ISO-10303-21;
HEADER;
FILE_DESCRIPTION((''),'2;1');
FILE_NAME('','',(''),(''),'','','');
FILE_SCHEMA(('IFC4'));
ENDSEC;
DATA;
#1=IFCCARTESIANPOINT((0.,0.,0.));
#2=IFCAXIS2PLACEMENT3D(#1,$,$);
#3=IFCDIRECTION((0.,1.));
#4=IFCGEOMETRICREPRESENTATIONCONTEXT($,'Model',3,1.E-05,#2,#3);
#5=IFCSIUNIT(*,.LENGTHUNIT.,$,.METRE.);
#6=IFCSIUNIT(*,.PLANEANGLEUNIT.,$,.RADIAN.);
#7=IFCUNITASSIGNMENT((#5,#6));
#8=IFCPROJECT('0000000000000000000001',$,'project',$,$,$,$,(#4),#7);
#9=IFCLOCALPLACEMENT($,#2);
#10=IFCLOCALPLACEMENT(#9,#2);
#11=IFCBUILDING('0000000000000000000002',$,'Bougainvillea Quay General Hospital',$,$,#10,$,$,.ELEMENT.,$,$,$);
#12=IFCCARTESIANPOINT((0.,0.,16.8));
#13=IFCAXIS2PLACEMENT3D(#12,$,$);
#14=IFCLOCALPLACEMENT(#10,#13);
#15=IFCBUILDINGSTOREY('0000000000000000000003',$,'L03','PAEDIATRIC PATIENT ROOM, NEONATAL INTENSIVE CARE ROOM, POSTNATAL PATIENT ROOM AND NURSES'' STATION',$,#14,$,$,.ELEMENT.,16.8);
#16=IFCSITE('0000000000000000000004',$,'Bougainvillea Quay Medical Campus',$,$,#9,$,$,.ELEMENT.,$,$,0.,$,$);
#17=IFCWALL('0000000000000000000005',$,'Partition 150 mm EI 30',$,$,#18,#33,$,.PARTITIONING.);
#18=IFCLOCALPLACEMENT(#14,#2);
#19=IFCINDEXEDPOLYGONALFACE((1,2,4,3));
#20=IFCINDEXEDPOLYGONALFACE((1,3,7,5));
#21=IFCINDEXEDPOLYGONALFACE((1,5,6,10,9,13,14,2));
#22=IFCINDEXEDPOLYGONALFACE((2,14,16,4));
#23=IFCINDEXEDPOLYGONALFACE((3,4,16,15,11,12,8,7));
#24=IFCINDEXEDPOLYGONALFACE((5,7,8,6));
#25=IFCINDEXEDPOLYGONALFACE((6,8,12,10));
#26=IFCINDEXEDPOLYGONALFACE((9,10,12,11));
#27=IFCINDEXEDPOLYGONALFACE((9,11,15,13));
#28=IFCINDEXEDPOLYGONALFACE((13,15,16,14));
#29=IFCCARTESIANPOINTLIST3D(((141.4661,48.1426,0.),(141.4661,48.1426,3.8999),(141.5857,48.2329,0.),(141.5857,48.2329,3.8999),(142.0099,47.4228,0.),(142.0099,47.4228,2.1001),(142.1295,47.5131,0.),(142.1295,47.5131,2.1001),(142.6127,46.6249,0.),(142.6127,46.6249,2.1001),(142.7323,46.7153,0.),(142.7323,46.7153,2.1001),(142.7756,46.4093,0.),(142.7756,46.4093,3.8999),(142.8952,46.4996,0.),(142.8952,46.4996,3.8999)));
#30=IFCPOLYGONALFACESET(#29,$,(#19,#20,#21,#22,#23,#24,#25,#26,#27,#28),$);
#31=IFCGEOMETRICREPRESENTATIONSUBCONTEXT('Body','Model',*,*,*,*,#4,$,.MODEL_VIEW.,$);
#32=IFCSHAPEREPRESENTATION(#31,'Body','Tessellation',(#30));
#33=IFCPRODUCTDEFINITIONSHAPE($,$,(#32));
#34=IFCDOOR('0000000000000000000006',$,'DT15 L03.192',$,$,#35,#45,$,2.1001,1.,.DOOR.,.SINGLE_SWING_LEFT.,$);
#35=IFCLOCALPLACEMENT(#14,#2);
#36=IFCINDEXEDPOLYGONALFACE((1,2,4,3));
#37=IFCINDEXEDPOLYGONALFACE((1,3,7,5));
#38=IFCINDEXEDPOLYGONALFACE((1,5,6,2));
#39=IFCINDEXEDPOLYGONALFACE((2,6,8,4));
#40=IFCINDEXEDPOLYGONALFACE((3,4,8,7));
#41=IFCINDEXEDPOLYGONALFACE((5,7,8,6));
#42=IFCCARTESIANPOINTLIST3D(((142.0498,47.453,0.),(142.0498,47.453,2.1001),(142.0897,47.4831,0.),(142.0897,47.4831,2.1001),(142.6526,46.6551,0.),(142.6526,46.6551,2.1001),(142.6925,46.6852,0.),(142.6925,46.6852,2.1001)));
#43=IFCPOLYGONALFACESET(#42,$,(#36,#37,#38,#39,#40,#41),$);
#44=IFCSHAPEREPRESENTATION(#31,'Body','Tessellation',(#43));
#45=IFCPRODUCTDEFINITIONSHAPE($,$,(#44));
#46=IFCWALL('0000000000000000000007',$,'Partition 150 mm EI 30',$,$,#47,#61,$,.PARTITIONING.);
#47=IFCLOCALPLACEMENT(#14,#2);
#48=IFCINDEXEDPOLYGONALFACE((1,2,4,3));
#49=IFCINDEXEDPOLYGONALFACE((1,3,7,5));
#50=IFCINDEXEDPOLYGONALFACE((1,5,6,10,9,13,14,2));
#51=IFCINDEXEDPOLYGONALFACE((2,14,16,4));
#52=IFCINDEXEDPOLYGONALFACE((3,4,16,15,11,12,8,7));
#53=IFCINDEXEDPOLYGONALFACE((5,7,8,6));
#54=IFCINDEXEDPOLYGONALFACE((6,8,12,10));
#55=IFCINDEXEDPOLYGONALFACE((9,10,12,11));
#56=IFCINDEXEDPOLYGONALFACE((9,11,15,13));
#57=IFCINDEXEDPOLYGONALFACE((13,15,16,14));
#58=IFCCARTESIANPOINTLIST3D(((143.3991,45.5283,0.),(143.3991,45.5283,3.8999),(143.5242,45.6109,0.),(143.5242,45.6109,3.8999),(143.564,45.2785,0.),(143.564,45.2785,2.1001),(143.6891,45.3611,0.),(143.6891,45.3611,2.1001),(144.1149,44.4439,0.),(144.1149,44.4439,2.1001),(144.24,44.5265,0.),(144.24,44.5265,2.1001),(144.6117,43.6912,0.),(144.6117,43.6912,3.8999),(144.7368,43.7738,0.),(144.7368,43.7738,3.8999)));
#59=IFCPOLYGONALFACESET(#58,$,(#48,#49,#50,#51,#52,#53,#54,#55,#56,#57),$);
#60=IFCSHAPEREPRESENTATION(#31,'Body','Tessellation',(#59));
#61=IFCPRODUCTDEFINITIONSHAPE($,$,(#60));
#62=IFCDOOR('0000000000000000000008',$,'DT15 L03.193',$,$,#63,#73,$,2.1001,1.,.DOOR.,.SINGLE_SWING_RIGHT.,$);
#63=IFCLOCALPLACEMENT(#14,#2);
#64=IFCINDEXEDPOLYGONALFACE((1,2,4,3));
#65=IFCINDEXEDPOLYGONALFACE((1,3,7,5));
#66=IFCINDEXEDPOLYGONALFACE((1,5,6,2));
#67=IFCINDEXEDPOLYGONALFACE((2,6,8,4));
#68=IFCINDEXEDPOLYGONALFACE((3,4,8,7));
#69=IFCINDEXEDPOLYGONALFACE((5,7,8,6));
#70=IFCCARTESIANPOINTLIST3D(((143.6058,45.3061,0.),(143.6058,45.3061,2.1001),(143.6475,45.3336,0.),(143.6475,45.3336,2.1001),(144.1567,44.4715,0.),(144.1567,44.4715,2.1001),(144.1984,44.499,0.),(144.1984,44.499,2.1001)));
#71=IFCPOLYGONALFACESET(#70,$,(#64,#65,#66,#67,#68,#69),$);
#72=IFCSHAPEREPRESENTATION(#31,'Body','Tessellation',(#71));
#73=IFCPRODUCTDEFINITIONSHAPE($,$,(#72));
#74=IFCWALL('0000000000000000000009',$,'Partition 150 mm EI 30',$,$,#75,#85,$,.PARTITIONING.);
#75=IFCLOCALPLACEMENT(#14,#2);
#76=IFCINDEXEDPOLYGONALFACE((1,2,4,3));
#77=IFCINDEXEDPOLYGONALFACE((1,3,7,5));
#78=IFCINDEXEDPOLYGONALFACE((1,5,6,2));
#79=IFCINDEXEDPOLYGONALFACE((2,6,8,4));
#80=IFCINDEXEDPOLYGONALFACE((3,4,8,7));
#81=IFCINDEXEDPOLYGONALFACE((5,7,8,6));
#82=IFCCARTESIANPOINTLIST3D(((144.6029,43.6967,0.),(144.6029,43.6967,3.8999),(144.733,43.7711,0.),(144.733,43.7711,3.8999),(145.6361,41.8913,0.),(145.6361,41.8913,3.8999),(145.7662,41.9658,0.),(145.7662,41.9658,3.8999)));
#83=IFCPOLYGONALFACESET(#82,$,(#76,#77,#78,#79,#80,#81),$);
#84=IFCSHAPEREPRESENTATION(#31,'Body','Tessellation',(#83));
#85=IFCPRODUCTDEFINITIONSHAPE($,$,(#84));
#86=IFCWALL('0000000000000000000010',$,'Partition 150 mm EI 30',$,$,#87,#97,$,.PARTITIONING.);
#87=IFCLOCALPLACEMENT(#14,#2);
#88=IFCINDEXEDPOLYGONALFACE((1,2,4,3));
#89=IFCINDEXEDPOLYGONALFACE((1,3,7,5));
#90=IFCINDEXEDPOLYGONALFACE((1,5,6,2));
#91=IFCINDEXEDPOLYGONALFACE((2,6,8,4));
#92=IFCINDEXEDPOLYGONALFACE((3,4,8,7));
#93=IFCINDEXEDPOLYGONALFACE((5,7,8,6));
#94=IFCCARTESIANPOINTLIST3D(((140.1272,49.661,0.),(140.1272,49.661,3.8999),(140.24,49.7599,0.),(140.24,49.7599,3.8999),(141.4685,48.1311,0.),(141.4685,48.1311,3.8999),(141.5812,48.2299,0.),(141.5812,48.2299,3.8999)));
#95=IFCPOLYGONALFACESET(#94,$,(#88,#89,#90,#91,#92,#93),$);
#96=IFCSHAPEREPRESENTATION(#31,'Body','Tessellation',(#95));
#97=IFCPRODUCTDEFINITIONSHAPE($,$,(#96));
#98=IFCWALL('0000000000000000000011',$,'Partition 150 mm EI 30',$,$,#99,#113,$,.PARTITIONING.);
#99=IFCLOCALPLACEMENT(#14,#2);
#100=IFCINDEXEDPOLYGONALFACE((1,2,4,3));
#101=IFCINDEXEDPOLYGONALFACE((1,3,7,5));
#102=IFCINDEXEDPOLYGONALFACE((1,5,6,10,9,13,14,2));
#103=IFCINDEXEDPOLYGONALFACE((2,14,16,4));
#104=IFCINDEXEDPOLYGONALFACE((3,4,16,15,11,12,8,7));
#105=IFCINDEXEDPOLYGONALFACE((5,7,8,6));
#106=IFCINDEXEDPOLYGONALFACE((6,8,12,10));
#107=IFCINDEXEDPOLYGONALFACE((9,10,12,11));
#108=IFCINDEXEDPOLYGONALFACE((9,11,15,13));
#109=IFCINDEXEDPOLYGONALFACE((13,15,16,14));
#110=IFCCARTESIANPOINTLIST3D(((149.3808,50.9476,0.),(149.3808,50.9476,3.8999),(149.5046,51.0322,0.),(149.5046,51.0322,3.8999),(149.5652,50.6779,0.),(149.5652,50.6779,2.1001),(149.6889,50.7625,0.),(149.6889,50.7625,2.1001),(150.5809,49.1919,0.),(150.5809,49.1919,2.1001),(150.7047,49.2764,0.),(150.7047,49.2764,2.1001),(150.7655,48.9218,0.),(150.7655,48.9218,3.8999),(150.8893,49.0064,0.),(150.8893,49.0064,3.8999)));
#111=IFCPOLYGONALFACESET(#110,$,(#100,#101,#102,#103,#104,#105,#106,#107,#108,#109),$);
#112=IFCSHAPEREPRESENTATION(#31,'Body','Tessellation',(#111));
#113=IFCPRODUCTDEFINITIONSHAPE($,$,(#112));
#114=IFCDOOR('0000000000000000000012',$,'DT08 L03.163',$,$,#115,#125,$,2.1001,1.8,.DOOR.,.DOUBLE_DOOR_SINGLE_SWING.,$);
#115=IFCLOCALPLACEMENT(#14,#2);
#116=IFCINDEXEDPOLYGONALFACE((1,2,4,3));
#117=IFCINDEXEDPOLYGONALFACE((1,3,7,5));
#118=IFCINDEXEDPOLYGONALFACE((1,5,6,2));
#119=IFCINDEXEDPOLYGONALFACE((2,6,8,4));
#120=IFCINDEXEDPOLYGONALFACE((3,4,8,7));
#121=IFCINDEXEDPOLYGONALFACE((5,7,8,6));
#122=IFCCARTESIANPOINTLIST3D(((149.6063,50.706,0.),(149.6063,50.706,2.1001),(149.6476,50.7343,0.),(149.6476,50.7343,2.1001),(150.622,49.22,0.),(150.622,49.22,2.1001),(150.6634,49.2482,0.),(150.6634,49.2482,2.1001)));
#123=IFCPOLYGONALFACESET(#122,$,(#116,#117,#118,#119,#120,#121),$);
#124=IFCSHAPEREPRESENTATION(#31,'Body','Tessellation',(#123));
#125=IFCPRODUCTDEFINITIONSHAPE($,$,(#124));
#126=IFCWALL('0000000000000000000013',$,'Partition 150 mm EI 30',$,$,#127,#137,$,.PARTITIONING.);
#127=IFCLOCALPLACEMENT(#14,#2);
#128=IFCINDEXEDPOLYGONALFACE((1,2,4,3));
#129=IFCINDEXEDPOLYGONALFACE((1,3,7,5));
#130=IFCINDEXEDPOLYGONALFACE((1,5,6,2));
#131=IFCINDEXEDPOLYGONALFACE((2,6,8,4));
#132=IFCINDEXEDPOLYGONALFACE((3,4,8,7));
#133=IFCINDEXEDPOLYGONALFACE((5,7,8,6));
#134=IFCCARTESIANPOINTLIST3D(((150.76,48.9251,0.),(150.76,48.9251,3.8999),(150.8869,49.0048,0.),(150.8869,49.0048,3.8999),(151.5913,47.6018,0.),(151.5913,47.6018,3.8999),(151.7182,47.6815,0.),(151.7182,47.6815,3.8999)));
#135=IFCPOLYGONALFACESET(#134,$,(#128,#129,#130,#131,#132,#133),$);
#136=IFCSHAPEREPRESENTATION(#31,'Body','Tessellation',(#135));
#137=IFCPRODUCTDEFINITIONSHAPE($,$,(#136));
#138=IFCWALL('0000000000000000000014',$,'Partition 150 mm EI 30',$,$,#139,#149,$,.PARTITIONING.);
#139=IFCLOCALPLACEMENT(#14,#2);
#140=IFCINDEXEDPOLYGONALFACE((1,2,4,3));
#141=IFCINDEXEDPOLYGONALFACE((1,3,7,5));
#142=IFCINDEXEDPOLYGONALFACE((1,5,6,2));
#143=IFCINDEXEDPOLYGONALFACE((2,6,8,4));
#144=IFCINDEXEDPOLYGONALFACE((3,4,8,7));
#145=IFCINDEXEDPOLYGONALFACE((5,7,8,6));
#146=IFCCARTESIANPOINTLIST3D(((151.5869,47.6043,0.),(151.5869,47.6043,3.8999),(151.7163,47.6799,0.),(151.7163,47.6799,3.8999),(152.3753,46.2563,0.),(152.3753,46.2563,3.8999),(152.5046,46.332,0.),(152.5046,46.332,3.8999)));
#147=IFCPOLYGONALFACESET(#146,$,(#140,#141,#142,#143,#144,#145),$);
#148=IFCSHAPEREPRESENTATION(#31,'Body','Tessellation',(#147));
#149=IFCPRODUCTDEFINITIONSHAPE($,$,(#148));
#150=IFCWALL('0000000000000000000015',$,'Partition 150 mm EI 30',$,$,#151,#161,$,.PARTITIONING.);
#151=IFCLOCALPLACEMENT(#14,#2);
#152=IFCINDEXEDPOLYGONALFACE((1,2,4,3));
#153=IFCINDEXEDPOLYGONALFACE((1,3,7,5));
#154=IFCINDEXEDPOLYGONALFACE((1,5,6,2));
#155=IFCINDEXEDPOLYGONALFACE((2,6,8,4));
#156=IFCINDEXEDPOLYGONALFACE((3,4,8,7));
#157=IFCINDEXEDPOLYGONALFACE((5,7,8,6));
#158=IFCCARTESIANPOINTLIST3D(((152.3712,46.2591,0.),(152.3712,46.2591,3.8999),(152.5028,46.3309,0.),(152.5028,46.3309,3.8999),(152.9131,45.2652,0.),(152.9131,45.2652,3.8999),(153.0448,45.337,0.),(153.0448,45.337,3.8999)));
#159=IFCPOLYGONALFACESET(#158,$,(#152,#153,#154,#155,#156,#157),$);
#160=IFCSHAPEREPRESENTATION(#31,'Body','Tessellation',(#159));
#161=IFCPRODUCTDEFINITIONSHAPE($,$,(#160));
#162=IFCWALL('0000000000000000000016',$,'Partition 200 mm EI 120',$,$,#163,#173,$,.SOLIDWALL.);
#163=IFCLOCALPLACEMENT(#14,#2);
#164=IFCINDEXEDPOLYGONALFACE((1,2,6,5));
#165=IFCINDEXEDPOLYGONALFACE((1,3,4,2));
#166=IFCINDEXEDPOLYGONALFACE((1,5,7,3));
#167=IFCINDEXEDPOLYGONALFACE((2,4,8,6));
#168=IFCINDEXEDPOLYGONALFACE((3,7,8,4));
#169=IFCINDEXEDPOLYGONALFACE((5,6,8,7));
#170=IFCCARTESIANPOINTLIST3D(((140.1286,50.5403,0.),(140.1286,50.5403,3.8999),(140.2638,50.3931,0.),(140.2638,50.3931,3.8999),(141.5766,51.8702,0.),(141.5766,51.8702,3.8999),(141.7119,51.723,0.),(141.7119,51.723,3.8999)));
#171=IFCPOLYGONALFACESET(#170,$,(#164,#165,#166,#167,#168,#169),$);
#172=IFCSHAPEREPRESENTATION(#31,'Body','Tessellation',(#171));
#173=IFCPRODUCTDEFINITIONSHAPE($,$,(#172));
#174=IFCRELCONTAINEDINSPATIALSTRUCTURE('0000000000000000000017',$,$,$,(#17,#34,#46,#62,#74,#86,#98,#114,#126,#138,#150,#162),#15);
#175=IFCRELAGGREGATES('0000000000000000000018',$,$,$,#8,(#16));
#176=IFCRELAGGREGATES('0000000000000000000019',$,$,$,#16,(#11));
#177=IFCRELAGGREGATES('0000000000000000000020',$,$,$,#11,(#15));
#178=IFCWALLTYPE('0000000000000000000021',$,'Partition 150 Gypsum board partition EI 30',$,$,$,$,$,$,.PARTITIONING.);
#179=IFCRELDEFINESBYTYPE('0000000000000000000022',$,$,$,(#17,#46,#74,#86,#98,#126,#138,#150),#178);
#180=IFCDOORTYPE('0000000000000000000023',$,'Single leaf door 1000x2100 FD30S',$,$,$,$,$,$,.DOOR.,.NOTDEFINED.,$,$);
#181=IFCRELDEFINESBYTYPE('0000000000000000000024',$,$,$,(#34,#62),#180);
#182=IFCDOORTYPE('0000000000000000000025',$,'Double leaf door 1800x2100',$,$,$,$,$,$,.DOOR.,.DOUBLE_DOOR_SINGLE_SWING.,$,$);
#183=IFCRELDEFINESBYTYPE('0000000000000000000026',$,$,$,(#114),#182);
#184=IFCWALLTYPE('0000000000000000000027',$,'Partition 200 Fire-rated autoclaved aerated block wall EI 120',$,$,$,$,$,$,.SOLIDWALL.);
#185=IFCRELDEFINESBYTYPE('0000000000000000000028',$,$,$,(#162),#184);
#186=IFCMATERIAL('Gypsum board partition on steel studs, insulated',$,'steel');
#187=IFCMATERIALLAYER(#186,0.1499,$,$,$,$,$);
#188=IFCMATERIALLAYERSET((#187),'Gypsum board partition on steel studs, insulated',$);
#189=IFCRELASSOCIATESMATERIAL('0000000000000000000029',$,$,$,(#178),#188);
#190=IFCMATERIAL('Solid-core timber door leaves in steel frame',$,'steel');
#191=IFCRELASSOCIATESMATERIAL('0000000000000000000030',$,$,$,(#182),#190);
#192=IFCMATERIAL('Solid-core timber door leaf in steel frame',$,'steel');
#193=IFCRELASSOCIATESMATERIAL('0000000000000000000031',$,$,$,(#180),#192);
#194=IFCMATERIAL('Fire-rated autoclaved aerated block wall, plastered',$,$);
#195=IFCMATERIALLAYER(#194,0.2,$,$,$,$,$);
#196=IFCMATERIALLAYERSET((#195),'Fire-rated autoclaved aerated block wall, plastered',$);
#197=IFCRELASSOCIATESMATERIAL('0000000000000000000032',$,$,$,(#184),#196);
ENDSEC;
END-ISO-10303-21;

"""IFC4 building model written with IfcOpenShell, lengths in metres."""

from ifc_helpers import new_model, si_unit, direction, frame, frame_2d, origin, place, context, subcontext, project, spatial, rectangle, extrude, material, layer, layer_set, type_object, element, fill, save


model = new_model("IFC4")

# Units and contexts
model_context = context("Model", 3, precision=1e-05, world=origin(), true_north=direction((0.0, 1.0)))
body_context = subcontext(model_context, "Body", "Model", "MODEL_VIEW")
ifc_project = project(units=[si_unit("LENGTHUNIT", "METRE"), si_unit("PLANEANGLEUNIT", "RADIAN")], contexts=[model_context])

# Site, building, storey
site_placement = place(None, origin())
site = spatial("IfcSite", under=ifc_project, at=site_placement, Name="Bougainvillea Quay Medical Campus", CompositionType="ELEMENT", RefElevation=0.0)
building_placement = place(site_placement, origin())
building = spatial("IfcBuilding", under=site, at=building_placement, Name="Bougainvillea Quay General Hospital", CompositionType="ELEMENT")
storey_placement = place(building_placement, frame((0.0, 0.0, 16.8)))
storey = spatial("IfcBuildingStorey", under=building, at=storey_placement, Name="L03", Description="PAEDIATRIC PATIENT ROOM, NEONATAL INTENSIVE CARE ROOM, POSTNATAL PATIENT ROOM AND NURSES' STATION", CompositionType="ELEMENT", Elevation=16.8)

# Shared definitions
ifc_material_1 = material(Name="Gypsum board partition on steel studs, insulated", Category="steel")
ifc_layer_1 = layer(ifc_material_1, 0.1499)
ifc_layer_set_1 = layer_set([ifc_layer_1], Name="Gypsum board partition on steel studs, insulated")
wall_type_1 = type_object("IfcWallType", Name="Partition 150 Gypsum board partition EI 30", PredefinedType="PARTITIONING", material=ifc_layer_set_1)

# Shared definitions
ifc_material_2 = material(Name="Solid-core timber door leaves in steel frame", Category="steel")
door_type_1 = type_object("IfcDoorType", Name="Double leaf door 1800x2100", OperationType="DOUBLE_DOOR_SINGLE_SWING", PredefinedType="DOOR", material=ifc_material_2)

# Walls, openings, doors
wall_1_placement = place(storey_placement, frame((141.5259, 48.1877, 0.0), z_axis=(0.0, 0.0, 1.0), x_axis=(0.602801, -0.797891, 0.0)))
wall_1 = element("IfcWall", 1, at=wall_1_placement, inside=storey, type_object=wall_type_1, Name="Partition 150 mm EI 30", PredefinedType="PARTITIONING", context=body_context, shape_type="SweptSolid", body=[
    extrude(rectangle(XDim=2.1724, YDim=0.1499, at=frame_2d((1.0862, 0.0))), origin(), (0.0, 0.0, 1.0), 3.8999),
])
opening_1_placement = place(wall_1_placement, frame((0.9021, 0.0, 0.0)))
opening_1 = element("IfcOpeningElement", 2, at=opening_1_placement, cuts=wall_1, PredefinedType="OPENING", context=body_context, shape_type="SweptSolid", body=[
    extrude(rectangle(XDim=1.0, YDim=2.1001, at=frame_2d((0.5, 1.05))), frame((0.0, 0.085, 0.0), z_axis=(0.0, -1.0, 0.0), x_axis=(1.0, 0.0, 0.0)), (0.0, 0.0, 1.0), 0.1699),
])
ifc_material_3 = material(Name="Solid-core timber door leaf in steel frame", Category="steel")
door_type_2 = type_object("IfcDoorType", Name="Single leaf door 1000x2100 FD30S", OperationType="NOTDEFINED", PredefinedType="DOOR", material=ifc_material_3)
door_1_placement = place(opening_1_placement, frame((1.0, 0.0, 0.0), z_axis=(0.0, 0.0, 1.0), x_axis=(-1.0, 0.0, 0.0)))
door_1 = element("IfcDoor", 3, at=door_1_placement, inside=storey, type_object=door_type_2, Name="DT15 L03.192", OperationType="SINGLE_SWING_LEFT", OverallHeight=2.1001, OverallWidth=1.0, PredefinedType="DOOR", context=body_context, shape_type="SweptSolid", body=[
    extrude(rectangle(XDim=1.0, YDim=2.1001, at=frame_2d((0.5, 1.05))), frame((0.0, 0.0249, 0.0), z_axis=(0.0, -1.0, 0.0), x_axis=(1.0, 0.0, 0.0)), (0.0, 0.0, 1.0), 0.05),
])
fill(opening_1, door_1)
wall_2_placement = place(storey_placement, frame((143.4617, 45.5696, 0.0), z_axis=(0.0, 0.0, 1.0), x_axis=(0.550881, -0.834584, 0.0)))
wall_2 = element("IfcWall", 4, at=wall_2_placement, inside=storey, type_object=wall_type_1, Name="Partition 150 mm EI 30", PredefinedType="PARTITIONING", context=body_context, shape_type="SweptSolid", body=[
    extrude(rectangle(XDim=2.2012, YDim=0.1499, at=frame_2d((1.1006, 0.0))), origin(), (0.0, 0.0, 1.0), 3.8999),
])
opening_2_placement = place(wall_2_placement, frame((0.2993, 0.0, 0.0)))
opening_2 = element("IfcOpeningElement", 5, at=opening_2_placement, cuts=wall_2, PredefinedType="OPENING", context=body_context, shape_type="SweptSolid", body=[
    extrude(rectangle(XDim=1.0, YDim=2.1001, at=frame_2d((0.5, 1.05))), frame((0.0, 0.085, 0.0), z_axis=(0.0, -1.0, 0.0), x_axis=(1.0, 0.0, 0.0)), (0.0, 0.0, 1.0), 0.1699),
])
door_2_placement = place(opening_2_placement, frame((1.0, 0.0, 0.0), z_axis=(0.0, 0.0, 1.0), x_axis=(-1.0, 0.0, 0.0)))
door_2 = element("IfcDoor", 6, at=door_2_placement, inside=storey, type_object=door_type_2, Name="DT15 L03.193", OperationType="SINGLE_SWING_RIGHT", OverallHeight=2.1001, OverallWidth=1.0, PredefinedType="DOOR", context=body_context, shape_type="SweptSolid", body=[
    extrude(rectangle(XDim=1.0, YDim=2.1001, at=frame_2d((0.5, 1.05))), frame((0.0, 0.0249, 0.0), z_axis=(0.0, -1.0, 0.0), x_axis=(1.0, 0.0, 0.0)), (0.0, 0.0, 1.0), 0.05),
])
fill(opening_2, door_2)

# Walls
wall_3_placement = place(storey_placement, frame((144.668, 43.7339, 0.0), z_axis=(0.0, 0.0, 1.0), x_axis=(0.496695, -0.867925, 0.0)))
element("IfcWall", 7, at=wall_3_placement, inside=storey, type_object=wall_type_1, Name="Partition 150 mm EI 30", PredefinedType="PARTITIONING", context=body_context, shape_type="SweptSolid", body=[
    extrude(rectangle(XDim=2.0801, YDim=0.1499, at=frame_2d((1.04, 0.0))), origin(), (0.0, 0.0, 1.0), 3.8999),
])
wall_4_placement = place(storey_placement, frame((140.1836, 49.7104, 0.0), z_axis=(0.0, 0.0, 1.0), x_axis=(0.659209, -0.751959, 0.0)))
element("IfcWall", 8, at=wall_4_placement, inside=storey, type_object=wall_type_1, Name="Partition 150 mm EI 30", PredefinedType="PARTITIONING", context=body_context, shape_type="SweptSolid", body=[
    extrude(rectangle(XDim=2.0347, YDim=0.1499, at=frame_2d((1.0173, 0.0))), origin(), (0.0, 0.0, 1.0), 3.8999),
])

# Wall, opening, door
wall_5_placement = place(storey_placement, frame((149.4426, 50.99, 0.0), z_axis=(0.0, 0.0, 1.0), x_axis=(0.564306, -0.825566, 0.0)))
wall_5 = element("IfcWall", 9, at=wall_5_placement, inside=storey, type_object=wall_type_1, Name="Partition 150 mm EI 30", PredefinedType="PARTITIONING", context=body_context, shape_type="SweptSolid", body=[
    extrude(rectangle(XDim=2.4539, YDim=0.1499, at=frame_2d((1.2271, 0.0))), origin(), (0.0, 0.0, 1.0), 3.8999),
])
opening_3_placement = place(wall_5_placement, frame((0.3269, 0.0, 0.0)))
opening_3 = element("IfcOpeningElement", 10, at=opening_3_placement, cuts=wall_5, PredefinedType="OPENING", context=body_context, shape_type="SweptSolid", body=[
    extrude(rectangle(XDim=1.8, YDim=2.1001, at=frame_2d((0.8999, 1.05))), frame((0.0, 0.085, 0.0), z_axis=(0.0, -1.0, 0.0), x_axis=(1.0, 0.0, 0.0)), (0.0, 0.0, 1.0), 0.1699),
])
door_3_placement = place(opening_3_placement, origin())
door_3 = element("IfcDoor", 11, at=door_3_placement, inside=storey, type_object=door_type_1, Name="DT08 L03.163", OperationType="DOUBLE_DOOR_SINGLE_SWING", OverallHeight=2.1001, OverallWidth=1.8, PredefinedType="DOOR", context=body_context, shape_type="SweptSolid", body=[
    extrude(rectangle(XDim=1.8, YDim=2.1001, at=frame_2d((0.8999, 1.05))), frame((0.0, 0.0249, 0.0), z_axis=(0.0, -1.0, 0.0), x_axis=(1.0, 0.0, 0.0)), (0.0, 0.0, 1.0), 0.05),
])
fill(opening_3, door_3)

# Walls
wall_6_placement = place(storey_placement, frame((150.8235, 48.9648, 0.0), z_axis=(0.0, 0.0, 1.0), x_axis=(0.531964, -0.846767, 0.0)))
element("IfcWall", 12, at=wall_6_placement, inside=storey, type_object=wall_type_1, Name="Partition 150 mm EI 30", PredefinedType="PARTITIONING", context=body_context, shape_type="SweptSolid", body=[
    extrude(rectangle(XDim=1.5627, YDim=0.1499, at=frame_2d((0.7812, 0.0))), origin(), (0.0, 0.0, 1.0), 3.8999),
])
wall_7_placement = place(storey_placement, frame((151.6516, 47.6421, 0.0), z_axis=(0.0, 0.0, 1.0), x_axis=(0.504853, -0.863206, 0.0)))
element("IfcWall", 13, at=wall_7_placement, inside=storey, type_object=wall_type_1, Name="Partition 150 mm EI 30", PredefinedType="PARTITIONING", context=body_context, shape_type="SweptSolid", body=[
    extrude(rectangle(XDim=1.5615, YDim=0.1499, at=frame_2d((0.7808, 0.0))), origin(), (0.0, 0.0, 1.0), 3.8999),
])
wall_8_placement = place(storey_placement, frame((152.437, 46.2949, 0.0), z_axis=(0.0, 0.0, 1.0), x_axis=(0.478761, -0.877945, 0.0)))
element("IfcWall", 14, at=wall_8_placement, inside=storey, type_object=wall_type_1, Name="Partition 150 mm EI 30", PredefinedType="PARTITIONING", context=body_context, shape_type="SweptSolid", body=[
    extrude(rectangle(XDim=1.1321, YDim=0.1499, at=frame_2d((0.5659, 0.0))), origin(), (0.0, 0.0, 1.0), 3.8999),
])
ifc_material_4 = material(Name="Fire-rated autoclaved aerated block wall, plastered")
ifc_layer_2 = layer(ifc_material_4, 0.2)
ifc_layer_set_2 = layer_set([ifc_layer_2], Name="Fire-rated autoclaved aerated block wall, plastered")
wall_type_2 = type_object("IfcWallType", Name="Partition 200 Fire-rated autoclaved aerated block wall EI 120", PredefinedType="SOLIDWALL", material=ifc_layer_set_2)
wall_9_placement = place(storey_placement, frame((140.1963, 50.4668, 0.0), z_axis=(0.0, 0.0, 1.0), x_axis=(0.73652, 0.676416, 0.0)))
element("IfcWall", 15, at=wall_9_placement, inside=storey, type_object=wall_type_2, Name="Partition 200 mm EI 120", PredefinedType="SOLIDWALL", context=body_context, shape_type="SweptSolid", body=[
    extrude(rectangle(XDim=1.9661, YDim=0.2, at=frame_2d((0.9829, 0.0))), origin(), (0.0, 0.0, 1.0), 3.8999),
])

save(model, "model.ifc")
